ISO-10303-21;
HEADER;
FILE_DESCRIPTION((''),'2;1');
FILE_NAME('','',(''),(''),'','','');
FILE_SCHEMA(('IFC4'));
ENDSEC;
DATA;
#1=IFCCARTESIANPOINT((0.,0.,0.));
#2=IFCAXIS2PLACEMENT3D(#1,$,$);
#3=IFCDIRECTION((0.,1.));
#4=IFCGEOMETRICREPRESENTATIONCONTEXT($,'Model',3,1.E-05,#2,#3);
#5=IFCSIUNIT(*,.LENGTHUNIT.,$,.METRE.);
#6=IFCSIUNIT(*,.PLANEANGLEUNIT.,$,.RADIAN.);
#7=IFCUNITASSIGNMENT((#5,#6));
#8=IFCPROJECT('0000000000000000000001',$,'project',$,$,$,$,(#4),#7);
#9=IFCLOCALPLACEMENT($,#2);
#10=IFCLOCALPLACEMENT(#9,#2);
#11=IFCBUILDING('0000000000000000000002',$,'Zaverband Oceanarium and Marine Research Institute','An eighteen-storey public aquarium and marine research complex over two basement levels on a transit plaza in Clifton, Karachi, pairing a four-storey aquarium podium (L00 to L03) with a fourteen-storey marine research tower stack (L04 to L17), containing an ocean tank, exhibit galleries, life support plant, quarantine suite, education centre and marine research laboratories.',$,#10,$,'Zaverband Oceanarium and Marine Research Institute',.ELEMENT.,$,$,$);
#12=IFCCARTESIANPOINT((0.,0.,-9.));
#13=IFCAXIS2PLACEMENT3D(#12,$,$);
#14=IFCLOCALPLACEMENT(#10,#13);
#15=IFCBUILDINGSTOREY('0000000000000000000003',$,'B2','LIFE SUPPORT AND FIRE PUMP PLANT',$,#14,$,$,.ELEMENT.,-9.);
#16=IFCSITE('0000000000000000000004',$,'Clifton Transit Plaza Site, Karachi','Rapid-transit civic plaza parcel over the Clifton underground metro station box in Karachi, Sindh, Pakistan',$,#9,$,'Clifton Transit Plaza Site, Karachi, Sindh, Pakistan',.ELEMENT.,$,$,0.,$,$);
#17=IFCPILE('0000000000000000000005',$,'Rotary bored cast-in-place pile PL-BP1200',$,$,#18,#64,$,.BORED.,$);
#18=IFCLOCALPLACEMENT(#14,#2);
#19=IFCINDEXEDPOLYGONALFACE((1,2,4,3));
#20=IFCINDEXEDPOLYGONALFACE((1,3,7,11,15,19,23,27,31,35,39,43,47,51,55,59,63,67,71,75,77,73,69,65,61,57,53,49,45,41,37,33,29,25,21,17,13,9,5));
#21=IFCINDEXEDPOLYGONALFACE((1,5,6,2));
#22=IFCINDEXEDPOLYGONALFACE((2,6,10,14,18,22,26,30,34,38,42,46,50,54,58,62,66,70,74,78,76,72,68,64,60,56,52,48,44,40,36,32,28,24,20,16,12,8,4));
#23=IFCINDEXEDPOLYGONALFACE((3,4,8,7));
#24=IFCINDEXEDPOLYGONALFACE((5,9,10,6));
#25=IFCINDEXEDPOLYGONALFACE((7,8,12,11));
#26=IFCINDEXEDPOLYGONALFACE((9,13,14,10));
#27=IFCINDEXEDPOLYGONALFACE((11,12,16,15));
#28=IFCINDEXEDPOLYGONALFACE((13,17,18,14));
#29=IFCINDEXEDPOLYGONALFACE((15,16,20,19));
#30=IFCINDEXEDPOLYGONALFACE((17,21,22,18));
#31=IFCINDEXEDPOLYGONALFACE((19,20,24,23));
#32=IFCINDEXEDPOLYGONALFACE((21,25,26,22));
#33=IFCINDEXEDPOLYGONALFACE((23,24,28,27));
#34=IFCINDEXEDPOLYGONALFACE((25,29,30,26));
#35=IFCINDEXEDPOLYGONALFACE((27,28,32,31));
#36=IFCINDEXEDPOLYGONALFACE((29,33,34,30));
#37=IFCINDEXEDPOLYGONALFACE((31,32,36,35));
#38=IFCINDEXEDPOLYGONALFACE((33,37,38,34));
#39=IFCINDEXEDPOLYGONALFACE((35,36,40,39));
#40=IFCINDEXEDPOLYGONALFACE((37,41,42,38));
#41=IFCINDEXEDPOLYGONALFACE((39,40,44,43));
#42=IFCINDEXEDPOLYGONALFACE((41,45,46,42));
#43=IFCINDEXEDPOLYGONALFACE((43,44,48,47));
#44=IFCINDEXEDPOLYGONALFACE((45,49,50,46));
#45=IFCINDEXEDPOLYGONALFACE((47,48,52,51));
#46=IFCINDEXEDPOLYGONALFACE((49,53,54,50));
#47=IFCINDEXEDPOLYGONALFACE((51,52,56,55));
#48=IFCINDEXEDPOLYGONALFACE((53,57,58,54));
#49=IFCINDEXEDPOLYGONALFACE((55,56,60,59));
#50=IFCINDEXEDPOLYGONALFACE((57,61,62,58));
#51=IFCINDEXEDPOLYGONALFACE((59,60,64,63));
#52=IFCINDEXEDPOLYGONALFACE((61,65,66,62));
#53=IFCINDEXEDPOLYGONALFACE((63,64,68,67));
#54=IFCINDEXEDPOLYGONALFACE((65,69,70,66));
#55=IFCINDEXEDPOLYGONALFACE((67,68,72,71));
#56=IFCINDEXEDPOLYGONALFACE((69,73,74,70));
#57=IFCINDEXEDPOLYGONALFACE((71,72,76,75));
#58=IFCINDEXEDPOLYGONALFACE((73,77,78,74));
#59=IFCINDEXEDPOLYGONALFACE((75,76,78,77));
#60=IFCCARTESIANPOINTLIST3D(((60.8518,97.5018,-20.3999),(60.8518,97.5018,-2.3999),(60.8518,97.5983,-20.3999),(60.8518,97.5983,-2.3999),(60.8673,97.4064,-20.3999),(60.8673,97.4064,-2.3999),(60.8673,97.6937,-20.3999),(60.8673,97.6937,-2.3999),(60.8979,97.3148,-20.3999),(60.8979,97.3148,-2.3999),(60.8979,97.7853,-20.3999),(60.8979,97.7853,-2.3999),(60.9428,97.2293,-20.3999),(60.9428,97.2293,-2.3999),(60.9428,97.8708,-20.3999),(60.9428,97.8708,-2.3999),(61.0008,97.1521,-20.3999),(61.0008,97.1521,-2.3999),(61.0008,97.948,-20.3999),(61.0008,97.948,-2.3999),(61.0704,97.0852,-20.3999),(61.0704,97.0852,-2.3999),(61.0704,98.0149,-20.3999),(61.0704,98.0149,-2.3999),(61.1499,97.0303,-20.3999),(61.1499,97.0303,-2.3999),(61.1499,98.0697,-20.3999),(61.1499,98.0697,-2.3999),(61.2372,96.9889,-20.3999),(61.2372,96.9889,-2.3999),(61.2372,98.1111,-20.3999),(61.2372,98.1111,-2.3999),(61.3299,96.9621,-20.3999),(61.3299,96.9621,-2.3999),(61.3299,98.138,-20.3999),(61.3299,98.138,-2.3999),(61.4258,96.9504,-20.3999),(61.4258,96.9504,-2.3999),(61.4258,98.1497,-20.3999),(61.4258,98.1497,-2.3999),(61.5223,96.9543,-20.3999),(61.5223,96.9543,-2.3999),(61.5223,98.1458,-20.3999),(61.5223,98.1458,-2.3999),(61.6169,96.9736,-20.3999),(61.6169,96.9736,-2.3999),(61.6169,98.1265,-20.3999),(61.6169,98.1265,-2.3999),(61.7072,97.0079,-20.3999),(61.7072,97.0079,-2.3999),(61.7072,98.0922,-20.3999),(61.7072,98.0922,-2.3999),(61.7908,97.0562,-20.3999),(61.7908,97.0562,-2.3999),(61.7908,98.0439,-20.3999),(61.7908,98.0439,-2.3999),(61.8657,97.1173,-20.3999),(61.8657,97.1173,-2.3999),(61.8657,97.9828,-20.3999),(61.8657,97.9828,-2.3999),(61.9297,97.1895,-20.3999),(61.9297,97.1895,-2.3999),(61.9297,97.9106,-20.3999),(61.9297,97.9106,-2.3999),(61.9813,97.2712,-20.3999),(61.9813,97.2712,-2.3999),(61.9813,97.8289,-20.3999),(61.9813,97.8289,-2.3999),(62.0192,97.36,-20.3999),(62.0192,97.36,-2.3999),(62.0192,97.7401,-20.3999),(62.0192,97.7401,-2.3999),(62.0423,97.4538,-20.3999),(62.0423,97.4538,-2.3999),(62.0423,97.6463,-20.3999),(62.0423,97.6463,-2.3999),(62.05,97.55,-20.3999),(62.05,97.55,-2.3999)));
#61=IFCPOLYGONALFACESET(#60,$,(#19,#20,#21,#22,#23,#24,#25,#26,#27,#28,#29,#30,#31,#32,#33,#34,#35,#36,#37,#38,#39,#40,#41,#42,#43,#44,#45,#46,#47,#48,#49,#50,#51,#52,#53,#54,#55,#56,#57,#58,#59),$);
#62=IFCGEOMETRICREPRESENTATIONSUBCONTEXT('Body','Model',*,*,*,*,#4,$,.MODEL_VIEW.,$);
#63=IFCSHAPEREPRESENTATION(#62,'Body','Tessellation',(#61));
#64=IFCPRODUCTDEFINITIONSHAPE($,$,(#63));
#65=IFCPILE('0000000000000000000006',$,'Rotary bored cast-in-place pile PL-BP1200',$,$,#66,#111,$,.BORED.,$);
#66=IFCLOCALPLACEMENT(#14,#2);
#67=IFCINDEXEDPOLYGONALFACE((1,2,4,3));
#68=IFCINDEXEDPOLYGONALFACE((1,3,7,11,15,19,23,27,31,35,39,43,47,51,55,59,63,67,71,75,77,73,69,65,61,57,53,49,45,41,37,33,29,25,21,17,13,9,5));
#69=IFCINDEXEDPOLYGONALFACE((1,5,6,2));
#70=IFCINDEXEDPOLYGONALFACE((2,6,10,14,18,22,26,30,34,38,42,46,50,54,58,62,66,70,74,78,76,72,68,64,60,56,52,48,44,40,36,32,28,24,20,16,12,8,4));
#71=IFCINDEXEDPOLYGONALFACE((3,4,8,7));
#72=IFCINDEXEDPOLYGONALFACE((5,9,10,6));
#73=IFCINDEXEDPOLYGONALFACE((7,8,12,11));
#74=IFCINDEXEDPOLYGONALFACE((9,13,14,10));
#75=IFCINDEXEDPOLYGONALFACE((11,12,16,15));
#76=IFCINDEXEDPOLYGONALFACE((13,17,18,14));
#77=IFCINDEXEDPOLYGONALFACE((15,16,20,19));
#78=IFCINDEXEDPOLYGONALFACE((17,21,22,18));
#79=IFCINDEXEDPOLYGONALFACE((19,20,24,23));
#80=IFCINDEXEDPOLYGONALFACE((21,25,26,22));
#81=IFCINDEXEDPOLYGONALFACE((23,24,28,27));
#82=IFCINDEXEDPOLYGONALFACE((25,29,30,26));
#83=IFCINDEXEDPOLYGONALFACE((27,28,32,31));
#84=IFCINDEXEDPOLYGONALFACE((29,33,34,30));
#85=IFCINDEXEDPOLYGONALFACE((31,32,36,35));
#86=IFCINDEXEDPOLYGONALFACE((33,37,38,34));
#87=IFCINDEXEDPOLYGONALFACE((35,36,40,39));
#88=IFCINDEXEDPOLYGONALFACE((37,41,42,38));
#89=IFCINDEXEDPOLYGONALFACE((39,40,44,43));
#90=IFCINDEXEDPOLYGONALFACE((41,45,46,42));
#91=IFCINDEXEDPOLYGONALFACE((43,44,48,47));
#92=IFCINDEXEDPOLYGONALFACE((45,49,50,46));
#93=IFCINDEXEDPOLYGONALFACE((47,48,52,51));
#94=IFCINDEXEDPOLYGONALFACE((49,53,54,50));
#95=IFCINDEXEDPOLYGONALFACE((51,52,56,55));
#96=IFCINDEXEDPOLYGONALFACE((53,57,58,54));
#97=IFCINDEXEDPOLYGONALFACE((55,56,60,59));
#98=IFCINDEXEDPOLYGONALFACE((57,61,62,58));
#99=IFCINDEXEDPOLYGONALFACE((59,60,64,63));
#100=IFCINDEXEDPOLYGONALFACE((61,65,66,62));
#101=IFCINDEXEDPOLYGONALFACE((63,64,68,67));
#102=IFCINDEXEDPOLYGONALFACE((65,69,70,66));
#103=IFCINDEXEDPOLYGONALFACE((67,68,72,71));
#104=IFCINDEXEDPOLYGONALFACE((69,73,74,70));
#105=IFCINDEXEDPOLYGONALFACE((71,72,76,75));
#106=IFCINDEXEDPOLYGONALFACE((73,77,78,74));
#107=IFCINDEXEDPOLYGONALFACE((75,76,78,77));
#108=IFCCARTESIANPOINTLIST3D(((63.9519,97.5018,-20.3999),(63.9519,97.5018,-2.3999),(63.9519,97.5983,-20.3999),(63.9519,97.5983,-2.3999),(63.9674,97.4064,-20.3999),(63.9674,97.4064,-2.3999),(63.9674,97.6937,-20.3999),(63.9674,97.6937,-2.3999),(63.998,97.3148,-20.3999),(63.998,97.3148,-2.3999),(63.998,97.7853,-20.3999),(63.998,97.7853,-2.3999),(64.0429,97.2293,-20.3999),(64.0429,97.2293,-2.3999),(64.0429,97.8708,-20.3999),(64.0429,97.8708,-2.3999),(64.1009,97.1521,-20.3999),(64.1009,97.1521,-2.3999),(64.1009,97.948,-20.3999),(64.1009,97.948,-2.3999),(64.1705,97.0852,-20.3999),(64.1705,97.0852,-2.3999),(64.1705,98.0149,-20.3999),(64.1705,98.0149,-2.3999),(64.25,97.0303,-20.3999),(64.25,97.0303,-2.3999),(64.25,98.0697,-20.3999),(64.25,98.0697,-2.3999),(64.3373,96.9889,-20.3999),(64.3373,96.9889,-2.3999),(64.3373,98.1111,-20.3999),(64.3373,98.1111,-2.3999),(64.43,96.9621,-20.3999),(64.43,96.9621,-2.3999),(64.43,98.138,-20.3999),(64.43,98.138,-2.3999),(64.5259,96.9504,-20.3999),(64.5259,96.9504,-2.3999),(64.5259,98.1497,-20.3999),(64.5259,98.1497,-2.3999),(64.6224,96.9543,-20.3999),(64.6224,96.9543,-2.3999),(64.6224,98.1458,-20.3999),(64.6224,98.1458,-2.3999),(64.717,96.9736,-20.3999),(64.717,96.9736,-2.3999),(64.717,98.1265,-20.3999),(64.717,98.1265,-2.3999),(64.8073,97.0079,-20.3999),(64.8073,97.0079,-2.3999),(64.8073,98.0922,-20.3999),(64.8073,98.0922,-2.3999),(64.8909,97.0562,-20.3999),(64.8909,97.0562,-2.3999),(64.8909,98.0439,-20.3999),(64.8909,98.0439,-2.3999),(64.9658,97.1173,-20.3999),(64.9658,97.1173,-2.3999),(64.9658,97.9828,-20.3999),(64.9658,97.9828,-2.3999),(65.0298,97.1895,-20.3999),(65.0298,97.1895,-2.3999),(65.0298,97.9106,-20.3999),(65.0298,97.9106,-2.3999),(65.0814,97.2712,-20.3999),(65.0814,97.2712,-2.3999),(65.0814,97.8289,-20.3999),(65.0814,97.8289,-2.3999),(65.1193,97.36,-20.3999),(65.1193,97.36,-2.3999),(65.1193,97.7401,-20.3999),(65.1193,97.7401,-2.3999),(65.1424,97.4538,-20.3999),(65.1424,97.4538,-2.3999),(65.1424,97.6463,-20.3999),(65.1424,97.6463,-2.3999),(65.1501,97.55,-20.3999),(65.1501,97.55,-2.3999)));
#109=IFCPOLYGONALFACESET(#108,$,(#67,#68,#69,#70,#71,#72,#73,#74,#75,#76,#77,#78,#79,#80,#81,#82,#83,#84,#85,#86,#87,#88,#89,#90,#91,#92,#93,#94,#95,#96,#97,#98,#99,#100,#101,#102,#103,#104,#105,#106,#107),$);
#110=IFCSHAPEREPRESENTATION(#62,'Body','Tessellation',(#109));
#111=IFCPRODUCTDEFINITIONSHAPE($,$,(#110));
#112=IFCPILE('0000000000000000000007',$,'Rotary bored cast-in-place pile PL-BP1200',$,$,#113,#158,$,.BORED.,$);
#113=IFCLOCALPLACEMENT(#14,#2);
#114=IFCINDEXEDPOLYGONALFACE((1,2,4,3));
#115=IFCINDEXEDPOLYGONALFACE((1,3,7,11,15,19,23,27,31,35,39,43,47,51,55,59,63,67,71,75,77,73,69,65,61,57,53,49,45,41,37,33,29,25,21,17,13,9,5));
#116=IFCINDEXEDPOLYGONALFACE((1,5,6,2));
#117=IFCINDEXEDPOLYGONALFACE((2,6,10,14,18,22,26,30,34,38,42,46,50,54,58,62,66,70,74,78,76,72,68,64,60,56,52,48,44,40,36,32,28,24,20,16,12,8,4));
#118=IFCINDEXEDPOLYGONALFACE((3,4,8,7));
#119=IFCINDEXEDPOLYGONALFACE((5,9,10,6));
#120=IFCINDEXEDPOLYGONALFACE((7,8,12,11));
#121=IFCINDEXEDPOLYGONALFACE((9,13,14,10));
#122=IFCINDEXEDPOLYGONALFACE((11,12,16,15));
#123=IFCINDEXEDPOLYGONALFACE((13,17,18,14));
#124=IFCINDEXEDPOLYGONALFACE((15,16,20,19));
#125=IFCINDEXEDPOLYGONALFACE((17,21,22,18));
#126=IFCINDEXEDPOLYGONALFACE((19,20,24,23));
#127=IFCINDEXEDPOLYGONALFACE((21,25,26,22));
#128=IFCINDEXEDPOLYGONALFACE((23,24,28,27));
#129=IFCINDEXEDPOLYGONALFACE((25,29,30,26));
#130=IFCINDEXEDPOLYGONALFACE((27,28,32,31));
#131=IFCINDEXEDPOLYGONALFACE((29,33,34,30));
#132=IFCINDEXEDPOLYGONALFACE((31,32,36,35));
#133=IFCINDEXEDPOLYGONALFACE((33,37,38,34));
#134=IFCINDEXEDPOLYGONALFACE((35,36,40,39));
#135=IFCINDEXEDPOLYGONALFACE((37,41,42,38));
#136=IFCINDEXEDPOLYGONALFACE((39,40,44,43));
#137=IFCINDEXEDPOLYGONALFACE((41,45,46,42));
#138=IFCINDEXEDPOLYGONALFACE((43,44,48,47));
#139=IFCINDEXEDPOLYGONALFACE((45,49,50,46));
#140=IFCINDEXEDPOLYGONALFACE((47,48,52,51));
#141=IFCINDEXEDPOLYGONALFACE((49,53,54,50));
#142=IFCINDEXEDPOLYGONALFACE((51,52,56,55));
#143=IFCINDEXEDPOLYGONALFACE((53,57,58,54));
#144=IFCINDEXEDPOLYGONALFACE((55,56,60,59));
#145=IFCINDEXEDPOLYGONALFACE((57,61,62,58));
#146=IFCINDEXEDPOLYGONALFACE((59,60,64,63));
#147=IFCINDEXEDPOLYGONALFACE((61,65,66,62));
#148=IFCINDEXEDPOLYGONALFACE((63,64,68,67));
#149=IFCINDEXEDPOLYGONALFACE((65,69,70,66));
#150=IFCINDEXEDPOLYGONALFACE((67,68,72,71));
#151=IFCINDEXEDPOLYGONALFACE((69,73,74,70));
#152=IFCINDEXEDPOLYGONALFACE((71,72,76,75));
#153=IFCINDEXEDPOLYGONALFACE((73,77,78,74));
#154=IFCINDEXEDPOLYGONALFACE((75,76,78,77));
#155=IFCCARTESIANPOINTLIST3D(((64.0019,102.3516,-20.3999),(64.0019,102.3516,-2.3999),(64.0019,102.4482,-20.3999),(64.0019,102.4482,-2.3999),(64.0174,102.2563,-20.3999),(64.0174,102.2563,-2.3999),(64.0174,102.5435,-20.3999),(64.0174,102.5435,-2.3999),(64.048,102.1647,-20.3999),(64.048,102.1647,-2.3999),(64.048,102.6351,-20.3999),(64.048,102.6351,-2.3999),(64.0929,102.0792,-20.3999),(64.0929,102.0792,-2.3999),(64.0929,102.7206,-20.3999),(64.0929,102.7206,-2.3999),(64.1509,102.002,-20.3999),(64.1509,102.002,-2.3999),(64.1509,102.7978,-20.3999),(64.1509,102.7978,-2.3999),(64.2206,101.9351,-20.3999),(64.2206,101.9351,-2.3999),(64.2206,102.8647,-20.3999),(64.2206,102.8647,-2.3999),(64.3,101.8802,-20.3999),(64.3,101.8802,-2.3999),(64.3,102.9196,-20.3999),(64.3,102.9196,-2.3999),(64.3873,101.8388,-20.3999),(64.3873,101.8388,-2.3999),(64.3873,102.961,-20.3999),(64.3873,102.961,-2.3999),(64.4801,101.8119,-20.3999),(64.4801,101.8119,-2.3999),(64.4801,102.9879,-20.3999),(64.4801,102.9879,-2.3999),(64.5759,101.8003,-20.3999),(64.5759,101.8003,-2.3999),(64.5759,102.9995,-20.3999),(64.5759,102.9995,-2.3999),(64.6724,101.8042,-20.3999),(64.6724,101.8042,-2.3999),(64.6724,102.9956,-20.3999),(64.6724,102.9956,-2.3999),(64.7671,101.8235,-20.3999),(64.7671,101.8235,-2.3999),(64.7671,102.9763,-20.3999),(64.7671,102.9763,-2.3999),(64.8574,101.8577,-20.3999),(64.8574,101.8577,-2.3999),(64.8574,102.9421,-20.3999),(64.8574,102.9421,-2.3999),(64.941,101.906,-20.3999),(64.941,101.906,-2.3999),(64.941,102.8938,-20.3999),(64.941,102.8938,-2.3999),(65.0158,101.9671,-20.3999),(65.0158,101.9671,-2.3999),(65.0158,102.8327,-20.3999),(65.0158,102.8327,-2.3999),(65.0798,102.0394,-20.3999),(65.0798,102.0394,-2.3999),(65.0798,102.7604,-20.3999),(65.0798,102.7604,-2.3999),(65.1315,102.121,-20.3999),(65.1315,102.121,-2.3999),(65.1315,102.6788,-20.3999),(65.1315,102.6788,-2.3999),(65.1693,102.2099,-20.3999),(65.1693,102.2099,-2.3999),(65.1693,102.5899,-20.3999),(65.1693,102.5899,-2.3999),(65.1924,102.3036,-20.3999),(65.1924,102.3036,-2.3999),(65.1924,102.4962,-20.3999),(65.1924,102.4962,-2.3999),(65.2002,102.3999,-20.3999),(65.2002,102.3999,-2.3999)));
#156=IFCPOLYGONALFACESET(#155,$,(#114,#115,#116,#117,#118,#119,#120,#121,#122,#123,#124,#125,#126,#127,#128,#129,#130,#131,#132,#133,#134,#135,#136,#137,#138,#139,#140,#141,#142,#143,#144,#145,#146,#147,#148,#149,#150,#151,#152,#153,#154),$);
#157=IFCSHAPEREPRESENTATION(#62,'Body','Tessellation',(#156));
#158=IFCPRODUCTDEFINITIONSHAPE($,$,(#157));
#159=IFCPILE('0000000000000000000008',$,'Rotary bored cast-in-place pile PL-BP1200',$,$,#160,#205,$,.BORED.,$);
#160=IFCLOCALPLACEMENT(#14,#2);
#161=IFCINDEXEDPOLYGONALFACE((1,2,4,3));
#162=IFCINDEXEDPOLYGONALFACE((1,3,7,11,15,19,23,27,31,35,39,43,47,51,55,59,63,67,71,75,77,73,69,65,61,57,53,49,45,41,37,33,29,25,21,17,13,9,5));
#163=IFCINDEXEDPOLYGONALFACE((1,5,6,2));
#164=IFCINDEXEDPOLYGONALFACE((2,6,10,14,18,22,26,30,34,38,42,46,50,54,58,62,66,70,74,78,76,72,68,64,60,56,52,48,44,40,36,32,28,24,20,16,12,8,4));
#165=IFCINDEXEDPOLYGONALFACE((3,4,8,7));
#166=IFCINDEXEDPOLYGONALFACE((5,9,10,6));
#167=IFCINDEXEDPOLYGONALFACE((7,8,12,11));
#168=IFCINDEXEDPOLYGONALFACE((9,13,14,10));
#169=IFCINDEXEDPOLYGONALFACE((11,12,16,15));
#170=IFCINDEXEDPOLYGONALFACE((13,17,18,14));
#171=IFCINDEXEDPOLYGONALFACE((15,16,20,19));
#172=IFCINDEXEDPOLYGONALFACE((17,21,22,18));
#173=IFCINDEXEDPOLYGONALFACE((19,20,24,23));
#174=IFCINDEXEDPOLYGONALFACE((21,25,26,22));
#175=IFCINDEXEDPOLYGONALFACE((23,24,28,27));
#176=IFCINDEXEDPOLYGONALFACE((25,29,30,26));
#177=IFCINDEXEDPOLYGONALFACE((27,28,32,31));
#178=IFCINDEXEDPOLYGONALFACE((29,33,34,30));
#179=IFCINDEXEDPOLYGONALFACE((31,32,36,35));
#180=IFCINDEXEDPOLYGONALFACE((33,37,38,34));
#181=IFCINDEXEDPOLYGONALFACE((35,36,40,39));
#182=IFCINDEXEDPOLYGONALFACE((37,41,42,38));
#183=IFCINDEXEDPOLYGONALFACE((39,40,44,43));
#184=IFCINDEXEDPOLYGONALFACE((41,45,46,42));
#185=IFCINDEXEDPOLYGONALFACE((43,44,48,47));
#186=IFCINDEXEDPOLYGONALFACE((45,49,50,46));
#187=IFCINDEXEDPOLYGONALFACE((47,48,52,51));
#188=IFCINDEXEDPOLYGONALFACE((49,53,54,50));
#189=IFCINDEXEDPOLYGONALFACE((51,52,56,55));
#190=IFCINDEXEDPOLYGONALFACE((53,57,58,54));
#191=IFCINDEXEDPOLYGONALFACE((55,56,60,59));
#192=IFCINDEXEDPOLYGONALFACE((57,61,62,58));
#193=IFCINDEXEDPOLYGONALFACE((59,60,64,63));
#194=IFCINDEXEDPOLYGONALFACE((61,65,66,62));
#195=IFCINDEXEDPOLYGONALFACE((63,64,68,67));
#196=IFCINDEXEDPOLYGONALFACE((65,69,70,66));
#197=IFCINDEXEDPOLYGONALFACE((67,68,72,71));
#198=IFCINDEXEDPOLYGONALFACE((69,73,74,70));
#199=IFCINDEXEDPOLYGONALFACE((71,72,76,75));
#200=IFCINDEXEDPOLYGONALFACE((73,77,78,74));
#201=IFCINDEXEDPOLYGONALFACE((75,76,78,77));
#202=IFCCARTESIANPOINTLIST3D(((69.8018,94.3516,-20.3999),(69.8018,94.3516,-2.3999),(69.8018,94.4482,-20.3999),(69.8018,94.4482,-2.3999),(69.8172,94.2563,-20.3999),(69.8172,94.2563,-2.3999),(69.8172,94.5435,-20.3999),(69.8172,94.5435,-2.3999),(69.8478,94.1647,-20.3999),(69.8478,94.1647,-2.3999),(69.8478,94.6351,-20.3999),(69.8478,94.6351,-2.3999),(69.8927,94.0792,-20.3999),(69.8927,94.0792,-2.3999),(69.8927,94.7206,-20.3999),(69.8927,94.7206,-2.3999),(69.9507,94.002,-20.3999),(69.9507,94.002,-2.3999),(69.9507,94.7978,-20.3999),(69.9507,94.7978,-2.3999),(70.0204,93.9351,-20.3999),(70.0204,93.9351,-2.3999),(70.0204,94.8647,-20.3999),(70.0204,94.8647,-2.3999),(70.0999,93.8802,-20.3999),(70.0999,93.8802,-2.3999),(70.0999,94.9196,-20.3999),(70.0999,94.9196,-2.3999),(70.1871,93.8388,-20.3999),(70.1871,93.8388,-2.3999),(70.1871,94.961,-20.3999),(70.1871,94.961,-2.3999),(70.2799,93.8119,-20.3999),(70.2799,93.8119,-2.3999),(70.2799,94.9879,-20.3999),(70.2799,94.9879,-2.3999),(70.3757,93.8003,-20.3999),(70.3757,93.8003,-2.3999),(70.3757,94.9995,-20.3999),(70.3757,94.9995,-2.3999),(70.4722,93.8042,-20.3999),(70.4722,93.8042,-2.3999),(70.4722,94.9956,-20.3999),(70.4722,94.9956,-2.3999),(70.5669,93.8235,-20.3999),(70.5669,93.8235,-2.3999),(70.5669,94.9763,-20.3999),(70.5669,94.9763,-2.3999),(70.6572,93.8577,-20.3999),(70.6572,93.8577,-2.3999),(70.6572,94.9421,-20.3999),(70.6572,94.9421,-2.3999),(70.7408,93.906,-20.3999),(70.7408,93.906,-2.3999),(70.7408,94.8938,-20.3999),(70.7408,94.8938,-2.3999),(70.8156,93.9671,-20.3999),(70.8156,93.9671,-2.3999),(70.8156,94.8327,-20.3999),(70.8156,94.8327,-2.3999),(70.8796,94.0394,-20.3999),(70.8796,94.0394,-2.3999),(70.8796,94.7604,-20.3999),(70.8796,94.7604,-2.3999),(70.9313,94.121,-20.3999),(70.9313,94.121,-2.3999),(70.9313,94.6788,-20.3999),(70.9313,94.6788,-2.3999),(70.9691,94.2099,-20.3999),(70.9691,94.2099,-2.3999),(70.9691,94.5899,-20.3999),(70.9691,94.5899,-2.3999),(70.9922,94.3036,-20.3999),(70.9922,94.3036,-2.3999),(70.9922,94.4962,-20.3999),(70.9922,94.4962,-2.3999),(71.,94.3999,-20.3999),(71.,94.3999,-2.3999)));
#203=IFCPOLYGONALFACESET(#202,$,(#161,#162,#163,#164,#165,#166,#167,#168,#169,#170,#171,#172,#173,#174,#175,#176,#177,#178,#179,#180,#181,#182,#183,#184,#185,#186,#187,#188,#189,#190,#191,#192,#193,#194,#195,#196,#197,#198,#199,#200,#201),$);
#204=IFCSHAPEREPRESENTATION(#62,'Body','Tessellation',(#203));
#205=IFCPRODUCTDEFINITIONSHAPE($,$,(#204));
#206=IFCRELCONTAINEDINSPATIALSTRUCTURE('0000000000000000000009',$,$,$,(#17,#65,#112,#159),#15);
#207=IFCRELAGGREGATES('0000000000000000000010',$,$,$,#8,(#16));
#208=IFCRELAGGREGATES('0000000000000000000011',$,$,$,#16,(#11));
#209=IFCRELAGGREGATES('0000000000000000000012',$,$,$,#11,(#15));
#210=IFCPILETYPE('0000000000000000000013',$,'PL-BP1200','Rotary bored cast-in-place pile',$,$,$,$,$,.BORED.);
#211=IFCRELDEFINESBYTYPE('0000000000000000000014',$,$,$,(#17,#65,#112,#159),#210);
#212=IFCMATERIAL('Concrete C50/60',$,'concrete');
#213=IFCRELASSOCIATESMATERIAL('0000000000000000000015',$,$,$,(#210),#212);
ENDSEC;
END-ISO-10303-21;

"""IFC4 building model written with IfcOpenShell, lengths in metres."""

from ifc_helpers import new_model, si_unit, direction, frame, origin, origin_2d, place, context, subcontext, project, spatial, circle, extrude, material, material_profile, profile_set, type_object, element, save


model = new_model("IFC4")

# Units and contexts
model_context = context("Model", 3, precision=1e-05, world=origin(), true_north=direction((0.0, 1.0)))
body_context = subcontext(model_context, "Body", "Model", "MODEL_VIEW")
ifc_project = project(units=[si_unit("LENGTHUNIT", "METRE"), si_unit("PLANEANGLEUNIT", "RADIAN")], contexts=[model_context])

# Site, building, storey
site_placement = place(None, origin())
site = spatial("IfcSite", under=ifc_project, at=site_placement, Name="Clifton Transit Plaza Site, Karachi", Description="Rapid-transit civic plaza parcel over the Clifton underground metro station box in Karachi, Sindh, Pakistan", LongName="Clifton Transit Plaza Site, Karachi, Sindh, Pakistan", CompositionType="ELEMENT", RefElevation=0.0)
building_placement = place(site_placement, origin())
building = spatial("IfcBuilding", under=site, at=building_placement, Name="Zaverband Oceanarium and Marine Research Institute", Description="An eighteen-storey public aquarium and marine research complex over two basement levels on a transit plaza in Clifton, Karachi, pairing a four-storey aquarium podium (L00 to L03) with a fourteen-storey marine research tower stack (L04 to L17), containing an ocean tank, exhibit galleries, life support plant, quarantine suite, education centre and marine research laboratories.", LongName="Zaverband Oceanarium and Marine Research Institute", CompositionType="ELEMENT")
storey_placement = place(building_placement, frame((0.0, 0.0, -9.0)))
storey = spatial("IfcBuildingStorey", under=building, at=storey_placement, Name="B2", Description="LIFE SUPPORT AND FIRE PUMP PLANT", CompositionType="ELEMENT", Elevation=-9.0)

# Shared definitions
ifc_material_1 = material(Name="Concrete C50/60", Category="concrete")

# Piles
ifc_material_profile_1 = material_profile(ifc_material_1, circle(Radius=0.6001, at=origin_2d()), Name="BP1200")
ifc_profile_set_1 = profile_set([ifc_material_profile_1], Name="Concrete C50/60")
pile_type = type_object("IfcPileType", Name="PL-BP1200", Description="Rotary bored cast-in-place pile", PredefinedType="BORED", material=ifc_profile_set_1)
for number, where, z_axis, x_axis, name in (
    (1, (61.45, 97.55, -2.3999), (0.0, 0.0, -1.0), (1.0, 0.0, 0.0), "Rotary bored cast-in-place pile PL-BP1200"),
    (2, (64.55, 97.55, -2.3999), (0.0, 0.0, -1.0), (1.0, 0.0, 0.0), "Rotary bored cast-in-place pile PL-BP1200"),
    (3, (64.6001, 102.3999, -2.3999), (0.0, 0.0, -1.0), (1.0, 0.0, 0.0), "Rotary bored cast-in-place pile PL-BP1200"),
    (4, (70.3999, 94.3999, -2.3999), (0.0, 0.0, -1.0), (1.0, 0.0, 0.0), "Rotary bored cast-in-place pile PL-BP1200"),
):
    element("IfcPile", number, at=place(storey_placement, frame(where, z_axis=z_axis, x_axis=x_axis)), inside=storey, type_object=pile_type, Name=name, PredefinedType="BORED", context=body_context, shape_type="SweptSolid", body=[
        extrude(circle(Radius=0.6001, at=origin_2d()), origin(), (0.0, 0.0, 1.0), 18.0),
    ])

save(model, "model.ifc")
